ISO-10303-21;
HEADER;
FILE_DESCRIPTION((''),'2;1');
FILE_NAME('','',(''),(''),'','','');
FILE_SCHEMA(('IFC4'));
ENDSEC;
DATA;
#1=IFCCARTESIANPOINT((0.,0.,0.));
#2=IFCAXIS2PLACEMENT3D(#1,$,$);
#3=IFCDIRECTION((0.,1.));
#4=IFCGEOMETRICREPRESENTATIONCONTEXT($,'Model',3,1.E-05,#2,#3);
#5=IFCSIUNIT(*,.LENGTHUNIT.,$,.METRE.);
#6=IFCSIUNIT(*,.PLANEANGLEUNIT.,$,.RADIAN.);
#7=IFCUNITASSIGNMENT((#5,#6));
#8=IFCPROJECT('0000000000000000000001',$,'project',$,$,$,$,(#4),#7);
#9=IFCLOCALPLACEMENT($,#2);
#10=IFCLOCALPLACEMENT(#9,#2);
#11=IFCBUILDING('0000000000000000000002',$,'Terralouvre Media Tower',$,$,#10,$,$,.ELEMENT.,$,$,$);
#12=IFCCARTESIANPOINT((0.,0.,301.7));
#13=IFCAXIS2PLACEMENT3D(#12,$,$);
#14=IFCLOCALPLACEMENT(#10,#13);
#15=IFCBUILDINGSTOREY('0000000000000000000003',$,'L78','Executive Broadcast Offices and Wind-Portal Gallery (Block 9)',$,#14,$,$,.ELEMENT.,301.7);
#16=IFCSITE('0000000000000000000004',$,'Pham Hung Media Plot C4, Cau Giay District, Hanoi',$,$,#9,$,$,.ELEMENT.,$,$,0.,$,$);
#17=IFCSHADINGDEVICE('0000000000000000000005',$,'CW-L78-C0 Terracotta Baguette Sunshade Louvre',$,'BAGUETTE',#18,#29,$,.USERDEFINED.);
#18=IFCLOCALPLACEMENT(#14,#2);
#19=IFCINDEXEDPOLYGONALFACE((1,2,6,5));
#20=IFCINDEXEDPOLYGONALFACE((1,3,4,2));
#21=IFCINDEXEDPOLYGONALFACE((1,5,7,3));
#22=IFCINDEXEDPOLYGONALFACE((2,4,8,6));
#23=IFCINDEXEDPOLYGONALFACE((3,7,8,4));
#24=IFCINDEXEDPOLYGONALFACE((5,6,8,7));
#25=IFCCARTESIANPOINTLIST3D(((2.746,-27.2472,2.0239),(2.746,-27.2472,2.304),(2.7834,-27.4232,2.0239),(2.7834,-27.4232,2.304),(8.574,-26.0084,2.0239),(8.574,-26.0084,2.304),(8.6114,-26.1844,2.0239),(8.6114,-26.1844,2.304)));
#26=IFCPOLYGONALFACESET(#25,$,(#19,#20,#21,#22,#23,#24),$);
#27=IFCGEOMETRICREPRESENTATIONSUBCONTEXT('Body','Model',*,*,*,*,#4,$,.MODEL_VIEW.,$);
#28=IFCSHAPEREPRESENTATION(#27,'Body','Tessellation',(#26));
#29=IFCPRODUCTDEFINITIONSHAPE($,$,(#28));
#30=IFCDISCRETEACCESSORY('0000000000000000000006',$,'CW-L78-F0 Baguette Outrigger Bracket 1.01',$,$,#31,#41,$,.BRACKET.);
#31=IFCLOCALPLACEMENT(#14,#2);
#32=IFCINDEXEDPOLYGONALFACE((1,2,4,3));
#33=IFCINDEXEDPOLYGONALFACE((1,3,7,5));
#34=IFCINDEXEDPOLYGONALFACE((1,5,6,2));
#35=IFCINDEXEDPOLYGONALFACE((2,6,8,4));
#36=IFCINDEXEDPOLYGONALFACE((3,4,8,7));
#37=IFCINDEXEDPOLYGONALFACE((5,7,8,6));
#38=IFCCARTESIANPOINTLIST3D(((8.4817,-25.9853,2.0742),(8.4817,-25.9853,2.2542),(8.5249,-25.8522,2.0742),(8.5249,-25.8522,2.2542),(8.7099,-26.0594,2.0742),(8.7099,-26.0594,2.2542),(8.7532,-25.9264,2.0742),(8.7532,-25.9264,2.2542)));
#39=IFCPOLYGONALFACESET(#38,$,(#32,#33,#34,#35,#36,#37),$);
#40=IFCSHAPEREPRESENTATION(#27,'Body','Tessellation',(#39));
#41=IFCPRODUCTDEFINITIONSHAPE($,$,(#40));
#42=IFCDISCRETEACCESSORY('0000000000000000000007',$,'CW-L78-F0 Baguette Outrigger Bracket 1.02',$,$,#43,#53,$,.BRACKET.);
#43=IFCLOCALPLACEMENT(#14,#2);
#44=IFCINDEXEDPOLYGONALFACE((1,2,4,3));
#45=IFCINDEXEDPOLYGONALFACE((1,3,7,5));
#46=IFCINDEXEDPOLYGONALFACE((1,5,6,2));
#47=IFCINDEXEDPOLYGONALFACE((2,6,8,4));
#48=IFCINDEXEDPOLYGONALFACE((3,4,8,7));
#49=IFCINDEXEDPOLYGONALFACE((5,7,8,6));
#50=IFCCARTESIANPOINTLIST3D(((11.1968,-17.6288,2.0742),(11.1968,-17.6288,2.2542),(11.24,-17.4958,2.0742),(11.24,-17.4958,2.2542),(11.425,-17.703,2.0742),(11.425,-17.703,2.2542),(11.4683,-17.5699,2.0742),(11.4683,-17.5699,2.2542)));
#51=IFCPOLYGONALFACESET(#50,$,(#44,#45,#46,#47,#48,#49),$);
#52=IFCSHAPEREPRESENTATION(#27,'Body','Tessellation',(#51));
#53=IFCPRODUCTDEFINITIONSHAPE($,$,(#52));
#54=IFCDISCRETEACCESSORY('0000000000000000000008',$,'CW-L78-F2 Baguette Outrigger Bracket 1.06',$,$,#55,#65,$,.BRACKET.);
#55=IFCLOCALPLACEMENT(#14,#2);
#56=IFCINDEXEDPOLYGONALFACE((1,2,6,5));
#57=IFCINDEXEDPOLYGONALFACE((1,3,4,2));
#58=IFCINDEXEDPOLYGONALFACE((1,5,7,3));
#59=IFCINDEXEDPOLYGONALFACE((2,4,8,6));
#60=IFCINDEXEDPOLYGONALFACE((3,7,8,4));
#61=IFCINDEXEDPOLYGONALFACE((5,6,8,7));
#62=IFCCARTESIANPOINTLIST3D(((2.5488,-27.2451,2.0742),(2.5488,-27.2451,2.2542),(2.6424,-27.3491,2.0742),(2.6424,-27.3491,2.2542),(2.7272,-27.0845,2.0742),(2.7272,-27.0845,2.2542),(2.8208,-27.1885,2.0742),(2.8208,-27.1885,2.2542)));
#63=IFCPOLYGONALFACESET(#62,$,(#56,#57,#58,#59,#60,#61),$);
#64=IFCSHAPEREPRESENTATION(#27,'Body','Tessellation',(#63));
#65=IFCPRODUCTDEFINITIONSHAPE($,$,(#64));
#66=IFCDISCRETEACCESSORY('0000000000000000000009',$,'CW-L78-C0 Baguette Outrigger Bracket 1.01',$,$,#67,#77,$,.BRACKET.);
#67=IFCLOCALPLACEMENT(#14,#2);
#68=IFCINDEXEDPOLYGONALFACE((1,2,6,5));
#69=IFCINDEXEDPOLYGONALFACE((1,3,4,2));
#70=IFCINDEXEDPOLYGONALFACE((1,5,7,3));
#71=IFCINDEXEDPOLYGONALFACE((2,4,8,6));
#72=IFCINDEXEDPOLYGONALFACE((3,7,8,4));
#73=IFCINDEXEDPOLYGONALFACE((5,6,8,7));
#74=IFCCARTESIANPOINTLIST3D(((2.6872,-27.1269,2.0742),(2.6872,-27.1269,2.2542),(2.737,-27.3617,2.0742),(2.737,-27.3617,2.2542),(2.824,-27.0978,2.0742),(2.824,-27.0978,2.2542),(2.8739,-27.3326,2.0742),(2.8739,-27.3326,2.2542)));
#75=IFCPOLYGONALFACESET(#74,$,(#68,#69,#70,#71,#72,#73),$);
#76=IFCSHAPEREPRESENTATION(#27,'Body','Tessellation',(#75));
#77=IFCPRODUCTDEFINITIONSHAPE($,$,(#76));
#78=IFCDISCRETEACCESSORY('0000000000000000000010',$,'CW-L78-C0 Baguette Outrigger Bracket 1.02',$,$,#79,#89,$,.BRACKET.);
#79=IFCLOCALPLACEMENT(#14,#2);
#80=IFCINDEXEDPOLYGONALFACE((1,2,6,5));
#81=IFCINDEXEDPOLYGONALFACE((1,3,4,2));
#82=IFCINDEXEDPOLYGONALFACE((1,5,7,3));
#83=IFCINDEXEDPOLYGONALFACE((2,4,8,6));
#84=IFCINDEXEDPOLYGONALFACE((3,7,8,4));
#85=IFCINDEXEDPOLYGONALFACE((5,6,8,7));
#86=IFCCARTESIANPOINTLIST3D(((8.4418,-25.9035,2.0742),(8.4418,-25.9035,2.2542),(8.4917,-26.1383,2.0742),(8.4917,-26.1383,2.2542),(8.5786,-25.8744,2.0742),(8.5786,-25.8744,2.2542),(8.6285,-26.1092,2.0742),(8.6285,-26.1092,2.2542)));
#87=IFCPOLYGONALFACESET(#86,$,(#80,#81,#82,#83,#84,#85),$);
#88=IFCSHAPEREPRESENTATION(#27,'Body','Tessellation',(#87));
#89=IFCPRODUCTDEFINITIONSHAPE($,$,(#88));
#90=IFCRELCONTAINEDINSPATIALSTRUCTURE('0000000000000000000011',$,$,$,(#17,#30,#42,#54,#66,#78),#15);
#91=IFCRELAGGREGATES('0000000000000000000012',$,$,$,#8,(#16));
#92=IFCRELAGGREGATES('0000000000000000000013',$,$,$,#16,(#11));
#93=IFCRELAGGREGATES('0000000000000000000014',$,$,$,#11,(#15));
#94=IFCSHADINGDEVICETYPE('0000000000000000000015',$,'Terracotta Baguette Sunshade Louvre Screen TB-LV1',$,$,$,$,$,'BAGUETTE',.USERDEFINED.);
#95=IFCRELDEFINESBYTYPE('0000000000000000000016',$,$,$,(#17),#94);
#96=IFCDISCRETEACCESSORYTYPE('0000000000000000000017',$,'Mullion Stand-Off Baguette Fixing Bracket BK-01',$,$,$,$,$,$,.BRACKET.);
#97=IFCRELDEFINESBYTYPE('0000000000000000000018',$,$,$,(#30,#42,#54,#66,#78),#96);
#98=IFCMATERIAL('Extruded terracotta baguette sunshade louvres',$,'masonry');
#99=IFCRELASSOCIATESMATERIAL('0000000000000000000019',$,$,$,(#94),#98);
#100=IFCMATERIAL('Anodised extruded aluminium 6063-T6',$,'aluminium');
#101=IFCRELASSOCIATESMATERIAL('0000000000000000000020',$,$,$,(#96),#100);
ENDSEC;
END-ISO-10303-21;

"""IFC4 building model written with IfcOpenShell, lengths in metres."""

from ifc_helpers import new_model, si_unit, direction, frame, origin, origin_2d, place, context, subcontext, project, spatial, rectangle, extrude, material, type_object, element, save


model = new_model("IFC4")

# Units and contexts
model_context = context("Model", 3, precision=1e-05, world=origin(), true_north=direction((0.0, 1.0)))
body_context = subcontext(model_context, "Body", "Model", "MODEL_VIEW")
ifc_project = project(units=[si_unit("LENGTHUNIT", "METRE"), si_unit("PLANEANGLEUNIT", "RADIAN")], contexts=[model_context])

# Site, building, storey
site_placement = place(None, origin())
site = spatial("IfcSite", under=ifc_project, at=site_placement, Name="Pham Hung Media Plot C4, Cau Giay District, Hanoi", CompositionType="ELEMENT", RefElevation=0.0)
building_placement = place(site_placement, origin())
building = spatial("IfcBuilding", under=site, at=building_placement, Name="Terralouvre Media Tower", CompositionType="ELEMENT")
storey_placement = place(building_placement, frame((0.0, 0.0, 301.7)))
storey = spatial("IfcBuildingStorey", under=building, at=storey_placement, Name="L78", Description="Executive Broadcast Offices and Wind-Portal Gallery (Block 9)", CompositionType="ELEMENT", Elevation=301.7)

# Shading device
ifc_material_1 = material(Name="Extruded terracotta baguette sunshade louvres", Category="masonry")
shading_device_type = type_object("IfcShadingDeviceType", Name="Terracotta Baguette Sunshade Louvre Screen TB-LV1", ElementType="BAGUETTE", PredefinedType="USERDEFINED", material=ifc_material_1)
shading_device_placement = place(storey_placement, frame((5.6787, -26.7158, 2.0239), z_axis=(0.0, 0.0, 1.0), x_axis=(0.978148, 0.207912, 0.0)))
element("IfcShadingDevice", 1, at=shading_device_placement, inside=storey, type_object=shading_device_type, Name="CW-L78-C0 Terracotta Baguette Sunshade Louvre", ObjectType="BAGUETTE", PredefinedType="USERDEFINED", context=body_context, shape_type="SweptSolid", body=[
    extrude(rectangle(XDim=5.9583, YDim=0.1799, at=origin_2d()), origin(), (0.0, 0.0, 1.0), 0.28),
])

# Discrete accessories
ifc_material_2 = material(Name="Anodised extruded aluminium 6063-T6", Category="aluminium")
discrete_accessory_type = type_object("IfcDiscreteAccessoryType", Name="Mullion Stand-Off Baguette Fixing Bracket BK-01", PredefinedType="BRACKET", material=ifc_material_2)
for number, where, z_axis, x_axis, name in (
    (2, (8.6174, -25.9558, 2.0742), (0.0, 0.0, 1.0), (0.309017, 0.951057, 0.0), "CW-L78-F0 Baguette Outrigger Bracket 1.01"),
    (3, (11.3325, -17.5994, 2.0742), (0.0, 0.0, 1.0), (0.309017, 0.951057, 0.0), "CW-L78-F0 Baguette Outrigger Bracket 1.02"),
    (4, (2.6848, -27.2168, 2.0742), (0.0, 0.0, 1.0), (0.669131, -0.743145, 0.0), "CW-L78-F2 Baguette Outrigger Bracket 1.06"),
    (5, (2.7805, -27.2297, 2.0742), (0.0, 0.0, 1.0), (0.978148, 0.207912, 0.0), "CW-L78-C0 Baguette Outrigger Bracket 1.01"),
    (6, (8.5352, -26.0063, 2.0742), (0.0, 0.0, 1.0), (0.978148, 0.207912, 0.0), "CW-L78-C0 Baguette Outrigger Bracket 1.02"),
):
    element("IfcDiscreteAccessory", number, at=place(storey_placement, frame(where, z_axis=z_axis, x_axis=x_axis)), inside=storey, type_object=discrete_accessory_type, Name=name, PredefinedType="BRACKET", context=body_context, shape_type="SweptSolid", body=[
        extrude(rectangle(XDim=0.1399, YDim=0.24, at=origin_2d()), origin(), (0.0, 0.0, 1.0), 0.1799),
    ])

save(model, "model.ifc")
